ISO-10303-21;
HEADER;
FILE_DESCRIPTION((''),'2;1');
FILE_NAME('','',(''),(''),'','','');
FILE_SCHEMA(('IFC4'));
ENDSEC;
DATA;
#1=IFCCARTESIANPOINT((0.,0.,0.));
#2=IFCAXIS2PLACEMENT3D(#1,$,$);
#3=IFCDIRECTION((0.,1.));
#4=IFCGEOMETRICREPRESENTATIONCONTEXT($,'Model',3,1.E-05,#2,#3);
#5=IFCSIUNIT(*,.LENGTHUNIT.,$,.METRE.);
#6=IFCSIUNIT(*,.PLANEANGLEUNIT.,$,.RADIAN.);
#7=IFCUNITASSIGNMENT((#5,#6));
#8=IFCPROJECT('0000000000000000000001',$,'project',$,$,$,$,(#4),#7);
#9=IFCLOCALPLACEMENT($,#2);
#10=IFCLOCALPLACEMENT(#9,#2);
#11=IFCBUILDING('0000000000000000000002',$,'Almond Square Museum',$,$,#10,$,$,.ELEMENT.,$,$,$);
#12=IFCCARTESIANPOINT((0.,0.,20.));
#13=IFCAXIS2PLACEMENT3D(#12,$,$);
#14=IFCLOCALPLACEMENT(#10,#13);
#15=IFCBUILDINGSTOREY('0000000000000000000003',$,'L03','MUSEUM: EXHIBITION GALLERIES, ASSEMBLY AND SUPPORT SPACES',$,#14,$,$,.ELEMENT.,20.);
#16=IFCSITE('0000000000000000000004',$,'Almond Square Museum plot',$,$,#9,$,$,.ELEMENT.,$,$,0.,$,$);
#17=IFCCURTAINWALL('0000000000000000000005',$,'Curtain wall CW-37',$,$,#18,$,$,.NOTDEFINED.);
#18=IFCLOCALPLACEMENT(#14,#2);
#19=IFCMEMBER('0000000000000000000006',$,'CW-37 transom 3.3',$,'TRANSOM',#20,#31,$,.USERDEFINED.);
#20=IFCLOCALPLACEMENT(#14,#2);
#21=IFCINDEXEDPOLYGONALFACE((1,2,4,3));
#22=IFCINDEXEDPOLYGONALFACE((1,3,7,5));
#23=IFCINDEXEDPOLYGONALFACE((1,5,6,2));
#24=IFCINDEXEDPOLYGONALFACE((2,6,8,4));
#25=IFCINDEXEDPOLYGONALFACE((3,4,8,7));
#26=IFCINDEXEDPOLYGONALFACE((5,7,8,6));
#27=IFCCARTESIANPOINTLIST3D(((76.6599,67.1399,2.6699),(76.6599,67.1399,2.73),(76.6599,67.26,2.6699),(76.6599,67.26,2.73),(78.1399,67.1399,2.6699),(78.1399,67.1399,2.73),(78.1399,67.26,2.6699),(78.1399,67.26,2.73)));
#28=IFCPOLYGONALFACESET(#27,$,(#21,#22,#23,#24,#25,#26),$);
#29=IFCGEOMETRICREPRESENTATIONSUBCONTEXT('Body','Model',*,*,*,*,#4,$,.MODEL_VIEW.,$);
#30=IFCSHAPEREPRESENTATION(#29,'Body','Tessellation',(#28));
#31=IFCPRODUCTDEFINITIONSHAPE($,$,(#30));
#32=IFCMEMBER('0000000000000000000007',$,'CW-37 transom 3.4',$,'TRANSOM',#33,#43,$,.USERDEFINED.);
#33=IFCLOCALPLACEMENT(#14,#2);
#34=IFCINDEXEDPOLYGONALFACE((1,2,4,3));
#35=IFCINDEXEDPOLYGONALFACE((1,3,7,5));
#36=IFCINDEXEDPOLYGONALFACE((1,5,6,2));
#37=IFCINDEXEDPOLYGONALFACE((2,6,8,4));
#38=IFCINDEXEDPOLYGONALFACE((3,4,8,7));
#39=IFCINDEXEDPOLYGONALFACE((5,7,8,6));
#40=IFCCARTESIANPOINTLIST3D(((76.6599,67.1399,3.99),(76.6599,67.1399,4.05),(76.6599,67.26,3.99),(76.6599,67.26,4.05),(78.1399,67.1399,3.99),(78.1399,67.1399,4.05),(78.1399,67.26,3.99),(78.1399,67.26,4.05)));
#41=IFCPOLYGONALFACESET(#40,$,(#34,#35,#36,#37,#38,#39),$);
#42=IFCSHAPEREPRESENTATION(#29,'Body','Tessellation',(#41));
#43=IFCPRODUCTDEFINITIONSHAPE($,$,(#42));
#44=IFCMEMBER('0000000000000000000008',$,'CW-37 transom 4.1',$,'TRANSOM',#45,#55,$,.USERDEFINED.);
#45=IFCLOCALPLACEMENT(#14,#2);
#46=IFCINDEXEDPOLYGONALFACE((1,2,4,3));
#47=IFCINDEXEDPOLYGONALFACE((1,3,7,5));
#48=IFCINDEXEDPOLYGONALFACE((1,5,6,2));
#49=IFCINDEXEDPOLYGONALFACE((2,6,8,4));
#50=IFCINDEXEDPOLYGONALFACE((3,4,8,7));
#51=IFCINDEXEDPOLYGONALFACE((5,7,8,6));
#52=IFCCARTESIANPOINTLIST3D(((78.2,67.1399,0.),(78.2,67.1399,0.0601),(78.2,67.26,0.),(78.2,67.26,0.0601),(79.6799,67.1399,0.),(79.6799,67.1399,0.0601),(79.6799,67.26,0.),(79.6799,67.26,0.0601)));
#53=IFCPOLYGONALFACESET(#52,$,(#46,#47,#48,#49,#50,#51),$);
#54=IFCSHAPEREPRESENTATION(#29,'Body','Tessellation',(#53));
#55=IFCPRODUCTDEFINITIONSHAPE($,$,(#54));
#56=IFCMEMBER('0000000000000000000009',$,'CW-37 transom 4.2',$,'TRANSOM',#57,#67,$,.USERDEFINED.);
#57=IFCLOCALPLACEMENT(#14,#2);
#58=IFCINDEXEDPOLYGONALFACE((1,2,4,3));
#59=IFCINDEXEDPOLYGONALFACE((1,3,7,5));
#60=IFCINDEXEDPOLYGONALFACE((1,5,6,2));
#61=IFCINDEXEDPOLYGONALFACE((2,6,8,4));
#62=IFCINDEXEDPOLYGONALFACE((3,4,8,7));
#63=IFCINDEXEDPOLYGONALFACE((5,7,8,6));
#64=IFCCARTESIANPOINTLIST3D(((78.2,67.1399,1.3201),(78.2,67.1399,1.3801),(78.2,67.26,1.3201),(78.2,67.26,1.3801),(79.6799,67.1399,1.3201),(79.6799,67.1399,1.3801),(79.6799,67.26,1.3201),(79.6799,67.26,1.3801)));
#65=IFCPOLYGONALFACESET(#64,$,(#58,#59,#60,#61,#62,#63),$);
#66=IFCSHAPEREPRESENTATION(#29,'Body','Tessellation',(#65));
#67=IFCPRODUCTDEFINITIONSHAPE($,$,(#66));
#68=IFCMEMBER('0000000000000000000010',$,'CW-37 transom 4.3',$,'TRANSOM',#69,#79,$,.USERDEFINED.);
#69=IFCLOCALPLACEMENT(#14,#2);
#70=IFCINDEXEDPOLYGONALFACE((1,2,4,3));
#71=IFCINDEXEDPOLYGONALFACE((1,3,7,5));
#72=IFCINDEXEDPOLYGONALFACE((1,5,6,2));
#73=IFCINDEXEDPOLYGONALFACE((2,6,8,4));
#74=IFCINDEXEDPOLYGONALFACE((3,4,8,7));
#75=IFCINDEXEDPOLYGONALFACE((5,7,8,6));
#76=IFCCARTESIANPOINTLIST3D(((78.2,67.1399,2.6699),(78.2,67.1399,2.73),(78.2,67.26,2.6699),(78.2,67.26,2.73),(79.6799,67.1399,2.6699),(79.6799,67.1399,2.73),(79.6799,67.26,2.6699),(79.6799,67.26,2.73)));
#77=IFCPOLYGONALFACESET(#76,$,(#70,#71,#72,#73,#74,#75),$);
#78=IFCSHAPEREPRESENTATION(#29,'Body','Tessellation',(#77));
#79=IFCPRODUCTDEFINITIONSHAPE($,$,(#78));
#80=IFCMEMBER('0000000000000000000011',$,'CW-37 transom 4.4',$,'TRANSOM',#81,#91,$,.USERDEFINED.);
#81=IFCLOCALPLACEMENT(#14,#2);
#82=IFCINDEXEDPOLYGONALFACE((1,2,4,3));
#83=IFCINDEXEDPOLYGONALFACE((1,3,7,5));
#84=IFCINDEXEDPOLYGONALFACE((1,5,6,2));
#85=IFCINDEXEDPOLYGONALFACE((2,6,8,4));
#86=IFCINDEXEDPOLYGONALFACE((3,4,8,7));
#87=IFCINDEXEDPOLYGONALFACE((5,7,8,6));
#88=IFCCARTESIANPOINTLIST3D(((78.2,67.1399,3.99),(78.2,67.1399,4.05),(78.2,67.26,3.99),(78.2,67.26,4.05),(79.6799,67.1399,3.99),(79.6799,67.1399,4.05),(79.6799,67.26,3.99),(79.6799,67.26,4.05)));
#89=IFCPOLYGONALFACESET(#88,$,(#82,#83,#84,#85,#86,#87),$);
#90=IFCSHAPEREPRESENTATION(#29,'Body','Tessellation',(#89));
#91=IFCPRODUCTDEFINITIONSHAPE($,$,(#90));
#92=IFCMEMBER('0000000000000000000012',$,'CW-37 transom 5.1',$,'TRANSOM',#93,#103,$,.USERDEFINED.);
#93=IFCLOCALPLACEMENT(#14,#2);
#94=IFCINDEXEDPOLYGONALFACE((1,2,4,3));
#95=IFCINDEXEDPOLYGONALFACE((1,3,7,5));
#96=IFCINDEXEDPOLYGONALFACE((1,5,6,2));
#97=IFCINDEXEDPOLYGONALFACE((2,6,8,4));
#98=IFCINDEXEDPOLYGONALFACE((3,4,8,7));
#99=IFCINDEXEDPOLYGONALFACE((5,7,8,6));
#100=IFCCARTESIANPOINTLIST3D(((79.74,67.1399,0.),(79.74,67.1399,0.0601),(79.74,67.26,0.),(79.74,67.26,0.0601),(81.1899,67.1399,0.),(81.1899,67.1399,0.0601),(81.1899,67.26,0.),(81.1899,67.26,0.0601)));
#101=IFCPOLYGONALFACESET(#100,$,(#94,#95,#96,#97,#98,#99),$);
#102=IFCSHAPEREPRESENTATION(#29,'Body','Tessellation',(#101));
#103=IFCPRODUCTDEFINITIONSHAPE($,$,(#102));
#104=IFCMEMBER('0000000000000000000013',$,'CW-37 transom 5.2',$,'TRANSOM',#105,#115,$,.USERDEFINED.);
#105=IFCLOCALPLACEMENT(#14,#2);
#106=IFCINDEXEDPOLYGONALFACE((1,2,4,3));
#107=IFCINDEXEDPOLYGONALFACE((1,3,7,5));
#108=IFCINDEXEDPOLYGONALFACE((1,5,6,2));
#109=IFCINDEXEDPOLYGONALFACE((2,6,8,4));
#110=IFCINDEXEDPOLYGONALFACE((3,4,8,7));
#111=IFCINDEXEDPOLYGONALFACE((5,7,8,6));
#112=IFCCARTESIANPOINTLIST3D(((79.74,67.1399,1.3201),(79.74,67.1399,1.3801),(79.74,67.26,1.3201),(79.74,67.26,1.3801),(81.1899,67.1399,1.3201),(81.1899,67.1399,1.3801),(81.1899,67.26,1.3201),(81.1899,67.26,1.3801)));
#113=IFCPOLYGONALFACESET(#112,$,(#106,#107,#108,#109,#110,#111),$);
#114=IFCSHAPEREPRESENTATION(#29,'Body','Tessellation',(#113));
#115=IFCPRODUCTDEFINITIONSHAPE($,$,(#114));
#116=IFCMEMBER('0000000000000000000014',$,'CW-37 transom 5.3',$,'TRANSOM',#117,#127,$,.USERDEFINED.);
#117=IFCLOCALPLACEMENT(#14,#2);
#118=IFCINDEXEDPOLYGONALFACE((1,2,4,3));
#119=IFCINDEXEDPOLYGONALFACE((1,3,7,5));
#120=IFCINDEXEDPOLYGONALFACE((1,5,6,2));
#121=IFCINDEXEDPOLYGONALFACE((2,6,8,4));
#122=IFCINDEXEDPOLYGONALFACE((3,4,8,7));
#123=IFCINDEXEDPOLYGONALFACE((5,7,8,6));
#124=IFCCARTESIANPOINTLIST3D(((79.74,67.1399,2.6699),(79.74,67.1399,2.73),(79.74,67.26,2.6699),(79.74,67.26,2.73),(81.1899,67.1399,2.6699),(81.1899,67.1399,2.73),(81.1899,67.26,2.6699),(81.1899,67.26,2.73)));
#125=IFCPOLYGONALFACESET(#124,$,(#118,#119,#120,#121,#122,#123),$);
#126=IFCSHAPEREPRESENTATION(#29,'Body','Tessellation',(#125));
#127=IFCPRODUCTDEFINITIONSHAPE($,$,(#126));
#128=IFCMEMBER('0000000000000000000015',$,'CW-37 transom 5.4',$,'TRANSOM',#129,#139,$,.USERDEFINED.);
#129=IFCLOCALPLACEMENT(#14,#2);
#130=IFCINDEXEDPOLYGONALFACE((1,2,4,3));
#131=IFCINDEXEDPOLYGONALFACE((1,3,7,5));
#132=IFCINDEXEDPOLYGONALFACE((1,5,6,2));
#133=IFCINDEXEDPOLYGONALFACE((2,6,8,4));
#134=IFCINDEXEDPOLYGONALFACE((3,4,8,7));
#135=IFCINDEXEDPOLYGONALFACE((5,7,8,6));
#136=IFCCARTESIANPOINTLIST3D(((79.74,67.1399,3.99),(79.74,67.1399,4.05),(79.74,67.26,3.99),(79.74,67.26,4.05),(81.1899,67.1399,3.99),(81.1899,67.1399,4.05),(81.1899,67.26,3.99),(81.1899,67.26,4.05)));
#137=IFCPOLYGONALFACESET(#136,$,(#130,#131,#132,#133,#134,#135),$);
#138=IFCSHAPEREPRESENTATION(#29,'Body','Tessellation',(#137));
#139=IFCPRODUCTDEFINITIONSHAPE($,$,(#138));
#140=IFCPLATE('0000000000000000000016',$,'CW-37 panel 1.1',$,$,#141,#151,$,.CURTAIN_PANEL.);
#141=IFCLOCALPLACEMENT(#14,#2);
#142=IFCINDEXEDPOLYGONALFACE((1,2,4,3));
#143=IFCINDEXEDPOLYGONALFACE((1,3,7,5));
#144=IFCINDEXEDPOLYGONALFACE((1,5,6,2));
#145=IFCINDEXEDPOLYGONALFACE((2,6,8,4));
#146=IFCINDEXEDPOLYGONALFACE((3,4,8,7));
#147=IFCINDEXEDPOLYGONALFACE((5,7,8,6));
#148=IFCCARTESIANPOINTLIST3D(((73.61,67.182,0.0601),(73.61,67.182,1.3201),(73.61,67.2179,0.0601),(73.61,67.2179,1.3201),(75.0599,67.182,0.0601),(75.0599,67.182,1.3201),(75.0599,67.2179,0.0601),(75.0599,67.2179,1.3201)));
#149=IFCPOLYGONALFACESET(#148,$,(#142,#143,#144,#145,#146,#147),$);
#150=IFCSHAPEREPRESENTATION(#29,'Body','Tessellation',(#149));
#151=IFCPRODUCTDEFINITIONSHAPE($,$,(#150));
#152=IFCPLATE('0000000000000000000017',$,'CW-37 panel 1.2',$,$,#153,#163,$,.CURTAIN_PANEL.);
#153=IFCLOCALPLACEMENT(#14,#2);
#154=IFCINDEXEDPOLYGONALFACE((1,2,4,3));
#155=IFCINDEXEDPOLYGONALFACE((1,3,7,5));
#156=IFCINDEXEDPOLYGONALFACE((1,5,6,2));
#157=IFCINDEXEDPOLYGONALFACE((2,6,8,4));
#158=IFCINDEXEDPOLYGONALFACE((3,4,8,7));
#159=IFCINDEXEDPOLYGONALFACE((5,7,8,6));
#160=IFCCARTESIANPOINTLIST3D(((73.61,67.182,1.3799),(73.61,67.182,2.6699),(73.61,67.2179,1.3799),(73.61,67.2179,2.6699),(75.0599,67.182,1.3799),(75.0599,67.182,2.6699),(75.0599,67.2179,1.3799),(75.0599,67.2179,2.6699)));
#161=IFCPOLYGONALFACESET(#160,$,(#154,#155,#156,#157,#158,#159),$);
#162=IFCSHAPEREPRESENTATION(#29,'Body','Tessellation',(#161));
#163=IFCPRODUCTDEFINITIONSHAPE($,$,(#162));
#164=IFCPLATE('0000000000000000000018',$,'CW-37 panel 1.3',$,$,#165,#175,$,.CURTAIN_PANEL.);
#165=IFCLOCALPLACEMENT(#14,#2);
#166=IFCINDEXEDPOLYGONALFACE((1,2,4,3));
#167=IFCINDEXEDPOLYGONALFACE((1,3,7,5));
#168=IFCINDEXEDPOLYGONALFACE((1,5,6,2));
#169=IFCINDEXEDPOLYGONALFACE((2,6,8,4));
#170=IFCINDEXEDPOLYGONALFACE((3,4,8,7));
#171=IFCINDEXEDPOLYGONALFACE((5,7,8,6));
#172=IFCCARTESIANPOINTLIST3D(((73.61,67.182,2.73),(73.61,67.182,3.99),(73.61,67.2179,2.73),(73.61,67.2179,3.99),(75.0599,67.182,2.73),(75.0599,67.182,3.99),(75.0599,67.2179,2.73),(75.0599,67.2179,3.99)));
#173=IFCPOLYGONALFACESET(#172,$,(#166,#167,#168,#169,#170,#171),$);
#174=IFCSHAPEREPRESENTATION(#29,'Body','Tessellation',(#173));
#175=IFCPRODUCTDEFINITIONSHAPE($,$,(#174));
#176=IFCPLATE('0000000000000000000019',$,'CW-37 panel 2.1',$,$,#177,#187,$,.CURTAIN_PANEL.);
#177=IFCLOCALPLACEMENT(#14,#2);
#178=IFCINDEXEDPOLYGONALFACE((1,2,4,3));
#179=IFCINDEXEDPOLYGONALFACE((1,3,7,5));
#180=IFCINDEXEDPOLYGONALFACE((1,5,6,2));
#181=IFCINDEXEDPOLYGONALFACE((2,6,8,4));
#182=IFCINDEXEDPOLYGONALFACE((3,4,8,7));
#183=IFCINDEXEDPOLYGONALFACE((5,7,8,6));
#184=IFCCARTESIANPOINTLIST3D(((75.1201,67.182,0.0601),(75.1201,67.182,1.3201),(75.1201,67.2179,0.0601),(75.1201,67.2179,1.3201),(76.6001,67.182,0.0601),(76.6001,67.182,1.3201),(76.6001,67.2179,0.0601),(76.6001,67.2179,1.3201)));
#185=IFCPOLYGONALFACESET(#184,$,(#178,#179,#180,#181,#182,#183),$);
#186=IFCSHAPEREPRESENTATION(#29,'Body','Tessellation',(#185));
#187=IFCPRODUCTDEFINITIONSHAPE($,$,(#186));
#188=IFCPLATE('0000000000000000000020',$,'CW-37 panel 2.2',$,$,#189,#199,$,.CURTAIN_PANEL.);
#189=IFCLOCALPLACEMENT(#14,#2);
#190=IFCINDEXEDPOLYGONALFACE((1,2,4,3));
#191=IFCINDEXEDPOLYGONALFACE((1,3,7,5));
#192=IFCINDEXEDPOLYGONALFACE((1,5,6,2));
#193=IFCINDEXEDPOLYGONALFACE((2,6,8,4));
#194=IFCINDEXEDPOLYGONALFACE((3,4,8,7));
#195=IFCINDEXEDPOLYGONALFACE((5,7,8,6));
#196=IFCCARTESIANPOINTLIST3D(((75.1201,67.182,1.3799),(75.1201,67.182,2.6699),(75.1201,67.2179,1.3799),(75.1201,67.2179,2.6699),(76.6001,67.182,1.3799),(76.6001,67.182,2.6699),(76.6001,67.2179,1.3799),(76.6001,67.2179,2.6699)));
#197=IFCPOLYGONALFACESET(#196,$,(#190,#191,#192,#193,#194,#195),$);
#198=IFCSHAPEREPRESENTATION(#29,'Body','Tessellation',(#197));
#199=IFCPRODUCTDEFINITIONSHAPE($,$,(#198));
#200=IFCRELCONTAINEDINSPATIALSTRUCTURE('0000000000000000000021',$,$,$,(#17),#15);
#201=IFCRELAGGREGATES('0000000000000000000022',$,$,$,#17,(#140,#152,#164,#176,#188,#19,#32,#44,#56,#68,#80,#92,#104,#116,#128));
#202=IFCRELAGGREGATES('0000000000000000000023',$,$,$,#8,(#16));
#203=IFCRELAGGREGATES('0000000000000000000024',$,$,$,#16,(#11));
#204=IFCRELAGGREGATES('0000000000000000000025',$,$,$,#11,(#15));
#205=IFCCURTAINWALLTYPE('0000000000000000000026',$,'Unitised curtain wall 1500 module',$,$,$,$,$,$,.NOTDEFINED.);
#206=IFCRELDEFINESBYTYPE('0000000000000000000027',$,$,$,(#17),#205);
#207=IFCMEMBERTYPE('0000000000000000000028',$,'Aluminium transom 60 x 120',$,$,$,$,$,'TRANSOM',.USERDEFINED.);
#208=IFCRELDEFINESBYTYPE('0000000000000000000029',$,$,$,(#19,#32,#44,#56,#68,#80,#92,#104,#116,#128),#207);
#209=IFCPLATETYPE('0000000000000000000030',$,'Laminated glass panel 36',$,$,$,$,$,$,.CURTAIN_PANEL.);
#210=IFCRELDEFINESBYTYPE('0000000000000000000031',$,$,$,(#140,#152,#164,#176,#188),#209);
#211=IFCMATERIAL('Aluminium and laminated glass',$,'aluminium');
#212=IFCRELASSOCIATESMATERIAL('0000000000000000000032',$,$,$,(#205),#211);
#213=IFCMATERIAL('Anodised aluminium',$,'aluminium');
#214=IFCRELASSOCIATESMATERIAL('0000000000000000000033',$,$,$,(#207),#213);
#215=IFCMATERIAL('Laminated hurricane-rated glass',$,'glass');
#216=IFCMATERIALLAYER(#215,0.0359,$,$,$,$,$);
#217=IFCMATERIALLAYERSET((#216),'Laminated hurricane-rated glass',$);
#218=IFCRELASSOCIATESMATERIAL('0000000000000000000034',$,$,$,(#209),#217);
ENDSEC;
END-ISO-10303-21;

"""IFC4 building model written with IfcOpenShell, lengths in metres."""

from ifc_helpers import new_model, si_unit, direction, frame, origin, origin_2d, place, context, subcontext, project, spatial, rectangle, extrude, material, layer, layer_set, material_profile, profile_set, type_object, element, aggregate, save


model = new_model("IFC4")

# Units and contexts
model_context = context("Model", 3, precision=1e-05, world=origin(), true_north=direction((0.0, 1.0)))
body_context = subcontext(model_context, "Body", "Model", "MODEL_VIEW")
ifc_project = project(units=[si_unit("LENGTHUNIT", "METRE"), si_unit("PLANEANGLEUNIT", "RADIAN")], contexts=[model_context])

# Site, building, storey
site_placement = place(None, origin())
site = spatial("IfcSite", under=ifc_project, at=site_placement, Name="Almond Square Museum plot", CompositionType="ELEMENT", RefElevation=0.0)
building_placement = place(site_placement, origin())
building = spatial("IfcBuilding", under=site, at=building_placement, Name="Almond Square Museum", CompositionType="ELEMENT")
storey_placement = place(building_placement, frame((0.0, 0.0, 20.0)))
storey = spatial("IfcBuildingStorey", under=building, at=storey_placement, Name="L03", Description="MUSEUM: EXHIBITION GALLERIES, ASSEMBLY AND SUPPORT SPACES", CompositionType="ELEMENT", Elevation=20.0)

# Curtain wall, members, plates
ifc_material_1 = material(Name="Aluminium and laminated glass", Category="aluminium")
curtain_wall_type = type_object("IfcCurtainWallType", Name="Unitised curtain wall 1500 module", PredefinedType="NOTDEFINED", material=ifc_material_1)
curtain_wall_placement = place(storey_placement, origin())
curtain_wall = element("IfcCurtainWall", 1, at=curtain_wall_placement, inside=storey, type_object=curtain_wall_type, Name="Curtain wall CW-37", PredefinedType="NOTDEFINED")
ifc_material_2 = material(Name="Anodised aluminium", Category="aluminium")
ifc_material_profile_1 = material_profile(ifc_material_2, rectangle(XDim=0.1201, YDim=0.0601, at=origin_2d()))
ifc_profile_set_1 = profile_set([ifc_material_profile_1], Name="Anodised aluminium")
member_type_1 = type_object("IfcMemberType", Name="Aluminium transom 60 x 120", ElementType="TRANSOM", PredefinedType="USERDEFINED", material=ifc_profile_set_1)
member_1_placement = place(storey_placement, frame((76.6599, 67.2, 2.7), z_axis=(1.0, 0.0, 0.0), x_axis=(0.0, 1.0, 0.0)))
member_1 = element("IfcMember", 2, at=member_1_placement, type_object=member_type_1, Name="CW-37 transom 3.3", ObjectType="TRANSOM", PredefinedType="USERDEFINED", context=body_context, shape_type="SweptSolid", body=[
    extrude(rectangle(XDim=0.1201, YDim=0.0601, at=origin_2d()), origin(), (0.0, 0.0, 1.0), 1.48),
])
member_2_placement = place(storey_placement, frame((76.6599, 67.2, 4.02), z_axis=(1.0, 0.0, 0.0), x_axis=(0.0, 1.0, 0.0)))
member_2 = element("IfcMember", 3, at=member_2_placement, type_object=member_type_1, Name="CW-37 transom 3.4", ObjectType="TRANSOM", PredefinedType="USERDEFINED", context=body_context, shape_type="SweptSolid", body=[
    extrude(rectangle(XDim=0.1201, YDim=0.0601, at=origin_2d()), origin(), (0.0, 0.0, 1.0), 1.48),
])
member_3_placement = place(storey_placement, frame((78.2, 67.2, 0.03), z_axis=(1.0, 0.0, 0.0), x_axis=(0.0, 1.0, 0.0)))
member_3 = element("IfcMember", 4, at=member_3_placement, type_object=member_type_1, Name="CW-37 transom 4.1", ObjectType="TRANSOM", PredefinedType="USERDEFINED", context=body_context, shape_type="SweptSolid", body=[
    extrude(rectangle(XDim=0.1201, YDim=0.0601, at=origin_2d()), origin(), (0.0, 0.0, 1.0), 1.48),
])
member_4_placement = place(storey_placement, frame((78.2, 67.2, 1.3501), z_axis=(1.0, 0.0, 0.0), x_axis=(0.0, 1.0, 0.0)))
member_4 = element("IfcMember", 5, at=member_4_placement, type_object=member_type_1, Name="CW-37 transom 4.2", ObjectType="TRANSOM", PredefinedType="USERDEFINED", context=body_context, shape_type="SweptSolid", body=[
    extrude(rectangle(XDim=0.1201, YDim=0.0601, at=origin_2d()), origin(), (0.0, 0.0, 1.0), 1.48),
])
member_5_placement = place(storey_placement, frame((78.2, 67.2, 2.7), z_axis=(1.0, 0.0, 0.0), x_axis=(0.0, 1.0, 0.0)))
member_5 = element("IfcMember", 6, at=member_5_placement, type_object=member_type_1, Name="CW-37 transom 4.3", ObjectType="TRANSOM", PredefinedType="USERDEFINED", context=body_context, shape_type="SweptSolid", body=[
    extrude(rectangle(XDim=0.1201, YDim=0.0601, at=origin_2d()), origin(), (0.0, 0.0, 1.0), 1.48),
])
member_6_placement = place(storey_placement, frame((78.2, 67.2, 4.02), z_axis=(1.0, 0.0, 0.0), x_axis=(0.0, 1.0, 0.0)))
member_6 = element("IfcMember", 7, at=member_6_placement, type_object=member_type_1, Name="CW-37 transom 4.4", ObjectType="TRANSOM", PredefinedType="USERDEFINED", context=body_context, shape_type="SweptSolid", body=[
    extrude(rectangle(XDim=0.1201, YDim=0.0601, at=origin_2d()), origin(), (0.0, 0.0, 1.0), 1.48),
])
member_7_placement = place(storey_placement, frame((79.74, 67.2, 0.03), z_axis=(1.0, 0.0, 0.0), x_axis=(0.0, 1.0, 0.0)))
member_7 = element("IfcMember", 8, at=member_7_placement, type_object=member_type_1, Name="CW-37 transom 5.1", ObjectType="TRANSOM", PredefinedType="USERDEFINED", context=body_context, shape_type="SweptSolid", body=[
    extrude(rectangle(XDim=0.1201, YDim=0.0601, at=origin_2d()), origin(), (0.0, 0.0, 1.0), 1.45),
])
member_8_placement = place(storey_placement, frame((79.74, 67.2, 1.3501), z_axis=(1.0, 0.0, 0.0), x_axis=(0.0, 1.0, 0.0)))
member_8 = element("IfcMember", 9, at=member_8_placement, type_object=member_type_1, Name="CW-37 transom 5.2", ObjectType="TRANSOM", PredefinedType="USERDEFINED", context=body_context, shape_type="SweptSolid", body=[
    extrude(rectangle(XDim=0.1201, YDim=0.0601, at=origin_2d()), origin(), (0.0, 0.0, 1.0), 1.45),
])
member_9_placement = place(storey_placement, frame((79.74, 67.2, 2.7), z_axis=(1.0, 0.0, 0.0), x_axis=(0.0, 1.0, 0.0)))
member_9 = element("IfcMember", 10, at=member_9_placement, type_object=member_type_1, Name="CW-37 transom 5.3", ObjectType="TRANSOM", PredefinedType="USERDEFINED", context=body_context, shape_type="SweptSolid", body=[
    extrude(rectangle(XDim=0.1201, YDim=0.0601, at=origin_2d()), origin(), (0.0, 0.0, 1.0), 1.45),
])
member_10_placement = place(storey_placement, frame((79.74, 67.2, 4.02), z_axis=(1.0, 0.0, 0.0), x_axis=(0.0, 1.0, 0.0)))
member_10 = element("IfcMember", 11, at=member_10_placement, type_object=member_type_1, Name="CW-37 transom 5.4", ObjectType="TRANSOM", PredefinedType="USERDEFINED", context=body_context, shape_type="SweptSolid", body=[
    extrude(rectangle(XDim=0.1201, YDim=0.0601, at=origin_2d()), origin(), (0.0, 0.0, 1.0), 1.45),
])
ifc_material_3 = material(Name="Laminated hurricane-rated glass", Category="glass")
ifc_layer = layer(ifc_material_3, 0.0359)
ifc_layer_set = layer_set([ifc_layer], Name="Laminated hurricane-rated glass")
plate_type = type_object("IfcPlateType", Name="Laminated glass panel 36", PredefinedType="CURTAIN_PANEL", material=ifc_layer_set)
plate_1_placement = place(storey_placement, frame((74.335, 67.2, 0.0601), z_axis=(0.0, 0.0, 1.0), x_axis=(1.0, 0.0, 0.0)))
plate_1 = element("IfcPlate", 12, at=plate_1_placement, type_object=plate_type, Name="CW-37 panel 1.1", PredefinedType="CURTAIN_PANEL", context=body_context, shape_type="SweptSolid", body=[
    extrude(rectangle(XDim=1.45, YDim=0.0359, at=origin_2d()), origin(), (0.0, 0.0, 1.0), 1.26),
])
plate_2_placement = place(storey_placement, frame((74.335, 67.2, 1.3799), z_axis=(0.0, 0.0, 1.0), x_axis=(1.0, 0.0, 0.0)))
plate_2 = element("IfcPlate", 13, at=plate_2_placement, type_object=plate_type, Name="CW-37 panel 1.2", PredefinedType="CURTAIN_PANEL", context=body_context, shape_type="SweptSolid", body=[
    extrude(rectangle(XDim=1.45, YDim=0.0359, at=origin_2d()), origin(), (0.0, 0.0, 1.0), 1.29),
])
plate_3_placement = place(storey_placement, frame((74.335, 67.2, 2.73), z_axis=(0.0, 0.0, 1.0), x_axis=(1.0, 0.0, 0.0)))
plate_3 = element("IfcPlate", 14, at=plate_3_placement, type_object=plate_type, Name="CW-37 panel 1.3", PredefinedType="CURTAIN_PANEL", context=body_context, shape_type="SweptSolid", body=[
    extrude(rectangle(XDim=1.45, YDim=0.0359, at=origin_2d()), origin(), (0.0, 0.0, 1.0), 1.26),
])
plate_4_placement = place(storey_placement, frame((75.8601, 67.2, 0.0601), z_axis=(0.0, 0.0, 1.0), x_axis=(1.0, 0.0, 0.0)))
plate_4 = element("IfcPlate", 15, at=plate_4_placement, type_object=plate_type, Name="CW-37 panel 2.1", PredefinedType="CURTAIN_PANEL", context=body_context, shape_type="SweptSolid", body=[
    extrude(rectangle(XDim=1.48, YDim=0.0359, at=origin_2d()), origin(), (0.0, 0.0, 1.0), 1.26),
])
plate_5_placement = place(storey_placement, frame((75.8601, 67.2, 1.3799), z_axis=(0.0, 0.0, 1.0), x_axis=(1.0, 0.0, 0.0)))
plate_5 = element("IfcPlate", 16, at=plate_5_placement, type_object=plate_type, Name="CW-37 panel 2.2", PredefinedType="CURTAIN_PANEL", context=body_context, shape_type="SweptSolid", body=[
    extrude(rectangle(XDim=1.48, YDim=0.0359, at=origin_2d()), origin(), (0.0, 0.0, 1.0), 1.29),
])
aggregate(curtain_wall, [plate_1, plate_2, plate_3, plate_4, plate_5, member_1, member_2, member_3, member_4, member_5, member_6, member_7, member_8, member_9, member_10])

save(model, "model.ifc")
